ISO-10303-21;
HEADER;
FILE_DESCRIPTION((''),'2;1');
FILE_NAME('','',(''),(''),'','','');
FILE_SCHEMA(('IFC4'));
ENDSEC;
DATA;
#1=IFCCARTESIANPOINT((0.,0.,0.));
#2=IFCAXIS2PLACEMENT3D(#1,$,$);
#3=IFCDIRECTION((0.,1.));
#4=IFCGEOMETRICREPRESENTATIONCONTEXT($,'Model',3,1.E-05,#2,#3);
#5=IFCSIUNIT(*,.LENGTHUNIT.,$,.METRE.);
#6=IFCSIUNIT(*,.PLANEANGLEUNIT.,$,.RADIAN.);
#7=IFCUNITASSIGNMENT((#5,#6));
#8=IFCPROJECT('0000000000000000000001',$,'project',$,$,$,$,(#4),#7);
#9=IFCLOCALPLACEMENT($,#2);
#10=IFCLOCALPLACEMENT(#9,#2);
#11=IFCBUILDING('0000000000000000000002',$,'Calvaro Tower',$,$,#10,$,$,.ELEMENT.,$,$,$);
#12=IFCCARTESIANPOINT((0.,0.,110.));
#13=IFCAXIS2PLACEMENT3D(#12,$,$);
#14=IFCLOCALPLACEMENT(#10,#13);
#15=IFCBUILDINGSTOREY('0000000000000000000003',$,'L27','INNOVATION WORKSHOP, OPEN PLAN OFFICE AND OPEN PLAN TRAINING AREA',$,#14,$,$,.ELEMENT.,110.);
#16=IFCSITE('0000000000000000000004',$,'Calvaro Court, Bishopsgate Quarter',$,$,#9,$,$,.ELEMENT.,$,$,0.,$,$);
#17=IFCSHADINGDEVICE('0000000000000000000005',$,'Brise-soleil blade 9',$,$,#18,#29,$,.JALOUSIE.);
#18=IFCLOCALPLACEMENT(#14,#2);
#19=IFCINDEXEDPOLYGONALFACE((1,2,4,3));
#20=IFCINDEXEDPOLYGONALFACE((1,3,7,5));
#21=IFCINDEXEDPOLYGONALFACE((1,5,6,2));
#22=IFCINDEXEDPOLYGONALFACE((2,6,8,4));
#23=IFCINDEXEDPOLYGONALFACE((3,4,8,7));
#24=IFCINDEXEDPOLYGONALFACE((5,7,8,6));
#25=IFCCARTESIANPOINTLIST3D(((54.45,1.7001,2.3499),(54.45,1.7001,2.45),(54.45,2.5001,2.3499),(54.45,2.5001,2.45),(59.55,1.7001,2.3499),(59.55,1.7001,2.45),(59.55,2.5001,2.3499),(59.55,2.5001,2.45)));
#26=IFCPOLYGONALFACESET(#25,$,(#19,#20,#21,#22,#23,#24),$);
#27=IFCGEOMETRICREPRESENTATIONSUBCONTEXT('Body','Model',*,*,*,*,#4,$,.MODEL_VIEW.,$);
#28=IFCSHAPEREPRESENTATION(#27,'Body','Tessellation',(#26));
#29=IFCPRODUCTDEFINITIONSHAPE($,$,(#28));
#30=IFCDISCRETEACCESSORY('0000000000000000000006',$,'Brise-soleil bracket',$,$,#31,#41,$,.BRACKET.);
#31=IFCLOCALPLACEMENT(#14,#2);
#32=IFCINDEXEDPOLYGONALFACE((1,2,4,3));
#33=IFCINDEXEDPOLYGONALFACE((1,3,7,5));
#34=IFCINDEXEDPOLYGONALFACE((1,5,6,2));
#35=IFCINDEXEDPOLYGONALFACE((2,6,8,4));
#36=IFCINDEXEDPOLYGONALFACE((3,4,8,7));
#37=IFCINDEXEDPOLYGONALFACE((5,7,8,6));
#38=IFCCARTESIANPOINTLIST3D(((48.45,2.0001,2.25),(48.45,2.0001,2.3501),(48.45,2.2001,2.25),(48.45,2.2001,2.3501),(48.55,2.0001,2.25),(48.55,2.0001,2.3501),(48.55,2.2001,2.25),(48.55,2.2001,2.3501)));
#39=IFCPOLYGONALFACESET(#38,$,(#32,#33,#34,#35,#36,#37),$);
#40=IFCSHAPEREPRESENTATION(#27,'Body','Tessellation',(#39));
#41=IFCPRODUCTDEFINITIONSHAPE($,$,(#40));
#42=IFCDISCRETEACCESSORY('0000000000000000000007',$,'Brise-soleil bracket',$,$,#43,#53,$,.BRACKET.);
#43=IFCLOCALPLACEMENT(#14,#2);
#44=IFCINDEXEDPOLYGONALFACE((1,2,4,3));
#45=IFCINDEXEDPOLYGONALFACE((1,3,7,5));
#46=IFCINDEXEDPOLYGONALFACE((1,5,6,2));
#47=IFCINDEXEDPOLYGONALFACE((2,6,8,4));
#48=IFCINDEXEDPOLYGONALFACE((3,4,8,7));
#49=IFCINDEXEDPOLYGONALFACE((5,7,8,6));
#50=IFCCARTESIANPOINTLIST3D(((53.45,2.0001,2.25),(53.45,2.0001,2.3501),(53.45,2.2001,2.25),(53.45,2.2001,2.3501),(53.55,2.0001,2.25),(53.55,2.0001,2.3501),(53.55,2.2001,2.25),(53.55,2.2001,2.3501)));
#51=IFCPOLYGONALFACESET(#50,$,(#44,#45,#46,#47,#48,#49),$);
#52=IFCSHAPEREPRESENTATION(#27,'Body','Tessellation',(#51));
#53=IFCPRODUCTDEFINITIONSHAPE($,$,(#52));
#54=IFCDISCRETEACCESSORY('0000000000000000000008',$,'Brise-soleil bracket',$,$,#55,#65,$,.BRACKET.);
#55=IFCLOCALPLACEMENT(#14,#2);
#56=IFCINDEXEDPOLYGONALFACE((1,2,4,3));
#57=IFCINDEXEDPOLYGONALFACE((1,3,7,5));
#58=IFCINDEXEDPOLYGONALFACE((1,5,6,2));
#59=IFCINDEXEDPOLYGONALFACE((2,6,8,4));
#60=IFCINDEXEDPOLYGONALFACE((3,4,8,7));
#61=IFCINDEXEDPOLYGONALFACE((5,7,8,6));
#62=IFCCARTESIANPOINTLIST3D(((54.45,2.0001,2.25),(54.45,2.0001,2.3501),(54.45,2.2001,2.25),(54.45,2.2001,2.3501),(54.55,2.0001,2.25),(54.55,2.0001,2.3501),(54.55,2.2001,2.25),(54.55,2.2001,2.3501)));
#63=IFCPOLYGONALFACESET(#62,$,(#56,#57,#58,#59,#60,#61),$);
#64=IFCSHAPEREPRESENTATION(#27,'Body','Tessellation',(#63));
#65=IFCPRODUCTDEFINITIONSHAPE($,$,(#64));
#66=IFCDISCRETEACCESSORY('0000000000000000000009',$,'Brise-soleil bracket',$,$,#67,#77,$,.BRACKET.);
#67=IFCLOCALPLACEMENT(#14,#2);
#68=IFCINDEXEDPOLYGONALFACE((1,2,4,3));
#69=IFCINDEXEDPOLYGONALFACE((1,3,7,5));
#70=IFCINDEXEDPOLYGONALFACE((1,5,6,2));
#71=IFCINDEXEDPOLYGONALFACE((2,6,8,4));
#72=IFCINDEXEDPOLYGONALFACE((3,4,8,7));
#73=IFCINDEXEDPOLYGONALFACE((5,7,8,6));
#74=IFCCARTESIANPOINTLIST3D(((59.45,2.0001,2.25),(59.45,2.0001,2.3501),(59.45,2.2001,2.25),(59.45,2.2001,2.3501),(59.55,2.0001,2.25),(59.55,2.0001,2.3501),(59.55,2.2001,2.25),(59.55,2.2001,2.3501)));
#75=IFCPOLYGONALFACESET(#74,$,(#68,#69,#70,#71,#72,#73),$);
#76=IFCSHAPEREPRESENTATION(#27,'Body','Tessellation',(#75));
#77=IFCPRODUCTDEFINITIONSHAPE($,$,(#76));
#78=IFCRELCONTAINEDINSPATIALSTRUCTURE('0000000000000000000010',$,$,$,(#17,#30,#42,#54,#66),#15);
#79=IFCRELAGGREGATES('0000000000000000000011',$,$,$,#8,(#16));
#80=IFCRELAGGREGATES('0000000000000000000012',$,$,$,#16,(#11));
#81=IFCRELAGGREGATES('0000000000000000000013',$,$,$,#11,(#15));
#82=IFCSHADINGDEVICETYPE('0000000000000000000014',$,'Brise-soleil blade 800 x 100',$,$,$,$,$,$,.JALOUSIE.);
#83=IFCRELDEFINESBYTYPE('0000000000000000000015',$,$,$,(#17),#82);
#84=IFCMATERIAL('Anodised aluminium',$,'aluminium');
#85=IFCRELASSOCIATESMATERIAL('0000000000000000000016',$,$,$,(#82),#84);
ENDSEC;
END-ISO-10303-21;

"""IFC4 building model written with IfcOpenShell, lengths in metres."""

from ifc_helpers import new_model, si_unit, direction, frame, origin, origin_2d, place, context, subcontext, project, spatial, rectangle, extrude, material, material_profile, profile_set, type_object, element, save


model = new_model("IFC4")

# Units and contexts
model_context = context("Model", 3, precision=1e-05, world=origin(), true_north=direction((0.0, 1.0)))
body_context = subcontext(model_context, "Body", "Model", "MODEL_VIEW")
ifc_project = project(units=[si_unit("LENGTHUNIT", "METRE"), si_unit("PLANEANGLEUNIT", "RADIAN")], contexts=[model_context])

# Site, building, storey
site_placement = place(None, origin())
site = spatial("IfcSite", under=ifc_project, at=site_placement, Name="Calvaro Court, Bishopsgate Quarter", CompositionType="ELEMENT", RefElevation=0.0)
building_placement = place(site_placement, origin())
building = spatial("IfcBuilding", under=site, at=building_placement, Name="Calvaro Tower", CompositionType="ELEMENT")
storey_placement = place(building_placement, frame((0.0, 0.0, 110.0)))
storey = spatial("IfcBuildingStorey", under=building, at=storey_placement, Name="L27", Description="INNOVATION WORKSHOP, OPEN PLAN OFFICE AND OPEN PLAN TRAINING AREA", CompositionType="ELEMENT", Elevation=110.0)

# Shading device
ifc_material_1 = material(Name="Anodised aluminium", Category="aluminium")
ifc_material_profile_1 = material_profile(ifc_material_1, rectangle(XDim=0.8, YDim=0.1001, at=origin_2d()), Name="Brise-soleil blade 800 x 100")
ifc_profile_set_1 = profile_set([ifc_material_profile_1], Name="Anodised aluminium")
shading_device_type = type_object("IfcShadingDeviceType", Name="Brise-soleil blade 800 x 100", PredefinedType="JALOUSIE", material=ifc_profile_set_1)
shading_device_placement = place(storey_placement, frame((54.45, 2.1001, 2.3999), z_axis=(1.0, 0.0, 0.0), x_axis=(0.0, 1.0, 0.0)))
element("IfcShadingDevice", 1, at=shading_device_placement, inside=storey, type_object=shading_device_type, Name="Brise-soleil blade 9", PredefinedType="JALOUSIE", context=body_context, shape_type="SweptSolid", body=[
    extrude(rectangle(XDim=0.8, YDim=0.1001, at=origin_2d()), origin(), (0.0, 0.0, 1.0), 5.1001),
])

# Discrete accessories
for number, where, z_axis, x_axis, name in (
    (2, (48.5, 2.1001, 2.25), (0.0, 0.0, 1.0), (1.0, 0.0, 0.0), "Brise-soleil bracket"),
    (3, (53.5, 2.1001, 2.25), (0.0, 0.0, 1.0), (1.0, 0.0, 0.0), "Brise-soleil bracket"),
    (4, (54.5, 2.1001, 2.25), (0.0, 0.0, 1.0), (1.0, 0.0, 0.0), "Brise-soleil bracket"),
    (5, (59.5, 2.1001, 2.25), (0.0, 0.0, 1.0), (1.0, 0.0, 0.0), "Brise-soleil bracket"),
):
    element("IfcDiscreteAccessory", number, at=place(storey_placement, frame(where, z_axis=z_axis, x_axis=x_axis)), inside=storey, Name=name, PredefinedType="BRACKET", context=body_context, shape_type="SweptSolid", body=[
        extrude(rectangle(XDim=0.1001, YDim=0.2, at=origin_2d()), origin(), (0.0, 0.0, 1.0), 0.1001),
    ])

save(model, "model.ifc")
